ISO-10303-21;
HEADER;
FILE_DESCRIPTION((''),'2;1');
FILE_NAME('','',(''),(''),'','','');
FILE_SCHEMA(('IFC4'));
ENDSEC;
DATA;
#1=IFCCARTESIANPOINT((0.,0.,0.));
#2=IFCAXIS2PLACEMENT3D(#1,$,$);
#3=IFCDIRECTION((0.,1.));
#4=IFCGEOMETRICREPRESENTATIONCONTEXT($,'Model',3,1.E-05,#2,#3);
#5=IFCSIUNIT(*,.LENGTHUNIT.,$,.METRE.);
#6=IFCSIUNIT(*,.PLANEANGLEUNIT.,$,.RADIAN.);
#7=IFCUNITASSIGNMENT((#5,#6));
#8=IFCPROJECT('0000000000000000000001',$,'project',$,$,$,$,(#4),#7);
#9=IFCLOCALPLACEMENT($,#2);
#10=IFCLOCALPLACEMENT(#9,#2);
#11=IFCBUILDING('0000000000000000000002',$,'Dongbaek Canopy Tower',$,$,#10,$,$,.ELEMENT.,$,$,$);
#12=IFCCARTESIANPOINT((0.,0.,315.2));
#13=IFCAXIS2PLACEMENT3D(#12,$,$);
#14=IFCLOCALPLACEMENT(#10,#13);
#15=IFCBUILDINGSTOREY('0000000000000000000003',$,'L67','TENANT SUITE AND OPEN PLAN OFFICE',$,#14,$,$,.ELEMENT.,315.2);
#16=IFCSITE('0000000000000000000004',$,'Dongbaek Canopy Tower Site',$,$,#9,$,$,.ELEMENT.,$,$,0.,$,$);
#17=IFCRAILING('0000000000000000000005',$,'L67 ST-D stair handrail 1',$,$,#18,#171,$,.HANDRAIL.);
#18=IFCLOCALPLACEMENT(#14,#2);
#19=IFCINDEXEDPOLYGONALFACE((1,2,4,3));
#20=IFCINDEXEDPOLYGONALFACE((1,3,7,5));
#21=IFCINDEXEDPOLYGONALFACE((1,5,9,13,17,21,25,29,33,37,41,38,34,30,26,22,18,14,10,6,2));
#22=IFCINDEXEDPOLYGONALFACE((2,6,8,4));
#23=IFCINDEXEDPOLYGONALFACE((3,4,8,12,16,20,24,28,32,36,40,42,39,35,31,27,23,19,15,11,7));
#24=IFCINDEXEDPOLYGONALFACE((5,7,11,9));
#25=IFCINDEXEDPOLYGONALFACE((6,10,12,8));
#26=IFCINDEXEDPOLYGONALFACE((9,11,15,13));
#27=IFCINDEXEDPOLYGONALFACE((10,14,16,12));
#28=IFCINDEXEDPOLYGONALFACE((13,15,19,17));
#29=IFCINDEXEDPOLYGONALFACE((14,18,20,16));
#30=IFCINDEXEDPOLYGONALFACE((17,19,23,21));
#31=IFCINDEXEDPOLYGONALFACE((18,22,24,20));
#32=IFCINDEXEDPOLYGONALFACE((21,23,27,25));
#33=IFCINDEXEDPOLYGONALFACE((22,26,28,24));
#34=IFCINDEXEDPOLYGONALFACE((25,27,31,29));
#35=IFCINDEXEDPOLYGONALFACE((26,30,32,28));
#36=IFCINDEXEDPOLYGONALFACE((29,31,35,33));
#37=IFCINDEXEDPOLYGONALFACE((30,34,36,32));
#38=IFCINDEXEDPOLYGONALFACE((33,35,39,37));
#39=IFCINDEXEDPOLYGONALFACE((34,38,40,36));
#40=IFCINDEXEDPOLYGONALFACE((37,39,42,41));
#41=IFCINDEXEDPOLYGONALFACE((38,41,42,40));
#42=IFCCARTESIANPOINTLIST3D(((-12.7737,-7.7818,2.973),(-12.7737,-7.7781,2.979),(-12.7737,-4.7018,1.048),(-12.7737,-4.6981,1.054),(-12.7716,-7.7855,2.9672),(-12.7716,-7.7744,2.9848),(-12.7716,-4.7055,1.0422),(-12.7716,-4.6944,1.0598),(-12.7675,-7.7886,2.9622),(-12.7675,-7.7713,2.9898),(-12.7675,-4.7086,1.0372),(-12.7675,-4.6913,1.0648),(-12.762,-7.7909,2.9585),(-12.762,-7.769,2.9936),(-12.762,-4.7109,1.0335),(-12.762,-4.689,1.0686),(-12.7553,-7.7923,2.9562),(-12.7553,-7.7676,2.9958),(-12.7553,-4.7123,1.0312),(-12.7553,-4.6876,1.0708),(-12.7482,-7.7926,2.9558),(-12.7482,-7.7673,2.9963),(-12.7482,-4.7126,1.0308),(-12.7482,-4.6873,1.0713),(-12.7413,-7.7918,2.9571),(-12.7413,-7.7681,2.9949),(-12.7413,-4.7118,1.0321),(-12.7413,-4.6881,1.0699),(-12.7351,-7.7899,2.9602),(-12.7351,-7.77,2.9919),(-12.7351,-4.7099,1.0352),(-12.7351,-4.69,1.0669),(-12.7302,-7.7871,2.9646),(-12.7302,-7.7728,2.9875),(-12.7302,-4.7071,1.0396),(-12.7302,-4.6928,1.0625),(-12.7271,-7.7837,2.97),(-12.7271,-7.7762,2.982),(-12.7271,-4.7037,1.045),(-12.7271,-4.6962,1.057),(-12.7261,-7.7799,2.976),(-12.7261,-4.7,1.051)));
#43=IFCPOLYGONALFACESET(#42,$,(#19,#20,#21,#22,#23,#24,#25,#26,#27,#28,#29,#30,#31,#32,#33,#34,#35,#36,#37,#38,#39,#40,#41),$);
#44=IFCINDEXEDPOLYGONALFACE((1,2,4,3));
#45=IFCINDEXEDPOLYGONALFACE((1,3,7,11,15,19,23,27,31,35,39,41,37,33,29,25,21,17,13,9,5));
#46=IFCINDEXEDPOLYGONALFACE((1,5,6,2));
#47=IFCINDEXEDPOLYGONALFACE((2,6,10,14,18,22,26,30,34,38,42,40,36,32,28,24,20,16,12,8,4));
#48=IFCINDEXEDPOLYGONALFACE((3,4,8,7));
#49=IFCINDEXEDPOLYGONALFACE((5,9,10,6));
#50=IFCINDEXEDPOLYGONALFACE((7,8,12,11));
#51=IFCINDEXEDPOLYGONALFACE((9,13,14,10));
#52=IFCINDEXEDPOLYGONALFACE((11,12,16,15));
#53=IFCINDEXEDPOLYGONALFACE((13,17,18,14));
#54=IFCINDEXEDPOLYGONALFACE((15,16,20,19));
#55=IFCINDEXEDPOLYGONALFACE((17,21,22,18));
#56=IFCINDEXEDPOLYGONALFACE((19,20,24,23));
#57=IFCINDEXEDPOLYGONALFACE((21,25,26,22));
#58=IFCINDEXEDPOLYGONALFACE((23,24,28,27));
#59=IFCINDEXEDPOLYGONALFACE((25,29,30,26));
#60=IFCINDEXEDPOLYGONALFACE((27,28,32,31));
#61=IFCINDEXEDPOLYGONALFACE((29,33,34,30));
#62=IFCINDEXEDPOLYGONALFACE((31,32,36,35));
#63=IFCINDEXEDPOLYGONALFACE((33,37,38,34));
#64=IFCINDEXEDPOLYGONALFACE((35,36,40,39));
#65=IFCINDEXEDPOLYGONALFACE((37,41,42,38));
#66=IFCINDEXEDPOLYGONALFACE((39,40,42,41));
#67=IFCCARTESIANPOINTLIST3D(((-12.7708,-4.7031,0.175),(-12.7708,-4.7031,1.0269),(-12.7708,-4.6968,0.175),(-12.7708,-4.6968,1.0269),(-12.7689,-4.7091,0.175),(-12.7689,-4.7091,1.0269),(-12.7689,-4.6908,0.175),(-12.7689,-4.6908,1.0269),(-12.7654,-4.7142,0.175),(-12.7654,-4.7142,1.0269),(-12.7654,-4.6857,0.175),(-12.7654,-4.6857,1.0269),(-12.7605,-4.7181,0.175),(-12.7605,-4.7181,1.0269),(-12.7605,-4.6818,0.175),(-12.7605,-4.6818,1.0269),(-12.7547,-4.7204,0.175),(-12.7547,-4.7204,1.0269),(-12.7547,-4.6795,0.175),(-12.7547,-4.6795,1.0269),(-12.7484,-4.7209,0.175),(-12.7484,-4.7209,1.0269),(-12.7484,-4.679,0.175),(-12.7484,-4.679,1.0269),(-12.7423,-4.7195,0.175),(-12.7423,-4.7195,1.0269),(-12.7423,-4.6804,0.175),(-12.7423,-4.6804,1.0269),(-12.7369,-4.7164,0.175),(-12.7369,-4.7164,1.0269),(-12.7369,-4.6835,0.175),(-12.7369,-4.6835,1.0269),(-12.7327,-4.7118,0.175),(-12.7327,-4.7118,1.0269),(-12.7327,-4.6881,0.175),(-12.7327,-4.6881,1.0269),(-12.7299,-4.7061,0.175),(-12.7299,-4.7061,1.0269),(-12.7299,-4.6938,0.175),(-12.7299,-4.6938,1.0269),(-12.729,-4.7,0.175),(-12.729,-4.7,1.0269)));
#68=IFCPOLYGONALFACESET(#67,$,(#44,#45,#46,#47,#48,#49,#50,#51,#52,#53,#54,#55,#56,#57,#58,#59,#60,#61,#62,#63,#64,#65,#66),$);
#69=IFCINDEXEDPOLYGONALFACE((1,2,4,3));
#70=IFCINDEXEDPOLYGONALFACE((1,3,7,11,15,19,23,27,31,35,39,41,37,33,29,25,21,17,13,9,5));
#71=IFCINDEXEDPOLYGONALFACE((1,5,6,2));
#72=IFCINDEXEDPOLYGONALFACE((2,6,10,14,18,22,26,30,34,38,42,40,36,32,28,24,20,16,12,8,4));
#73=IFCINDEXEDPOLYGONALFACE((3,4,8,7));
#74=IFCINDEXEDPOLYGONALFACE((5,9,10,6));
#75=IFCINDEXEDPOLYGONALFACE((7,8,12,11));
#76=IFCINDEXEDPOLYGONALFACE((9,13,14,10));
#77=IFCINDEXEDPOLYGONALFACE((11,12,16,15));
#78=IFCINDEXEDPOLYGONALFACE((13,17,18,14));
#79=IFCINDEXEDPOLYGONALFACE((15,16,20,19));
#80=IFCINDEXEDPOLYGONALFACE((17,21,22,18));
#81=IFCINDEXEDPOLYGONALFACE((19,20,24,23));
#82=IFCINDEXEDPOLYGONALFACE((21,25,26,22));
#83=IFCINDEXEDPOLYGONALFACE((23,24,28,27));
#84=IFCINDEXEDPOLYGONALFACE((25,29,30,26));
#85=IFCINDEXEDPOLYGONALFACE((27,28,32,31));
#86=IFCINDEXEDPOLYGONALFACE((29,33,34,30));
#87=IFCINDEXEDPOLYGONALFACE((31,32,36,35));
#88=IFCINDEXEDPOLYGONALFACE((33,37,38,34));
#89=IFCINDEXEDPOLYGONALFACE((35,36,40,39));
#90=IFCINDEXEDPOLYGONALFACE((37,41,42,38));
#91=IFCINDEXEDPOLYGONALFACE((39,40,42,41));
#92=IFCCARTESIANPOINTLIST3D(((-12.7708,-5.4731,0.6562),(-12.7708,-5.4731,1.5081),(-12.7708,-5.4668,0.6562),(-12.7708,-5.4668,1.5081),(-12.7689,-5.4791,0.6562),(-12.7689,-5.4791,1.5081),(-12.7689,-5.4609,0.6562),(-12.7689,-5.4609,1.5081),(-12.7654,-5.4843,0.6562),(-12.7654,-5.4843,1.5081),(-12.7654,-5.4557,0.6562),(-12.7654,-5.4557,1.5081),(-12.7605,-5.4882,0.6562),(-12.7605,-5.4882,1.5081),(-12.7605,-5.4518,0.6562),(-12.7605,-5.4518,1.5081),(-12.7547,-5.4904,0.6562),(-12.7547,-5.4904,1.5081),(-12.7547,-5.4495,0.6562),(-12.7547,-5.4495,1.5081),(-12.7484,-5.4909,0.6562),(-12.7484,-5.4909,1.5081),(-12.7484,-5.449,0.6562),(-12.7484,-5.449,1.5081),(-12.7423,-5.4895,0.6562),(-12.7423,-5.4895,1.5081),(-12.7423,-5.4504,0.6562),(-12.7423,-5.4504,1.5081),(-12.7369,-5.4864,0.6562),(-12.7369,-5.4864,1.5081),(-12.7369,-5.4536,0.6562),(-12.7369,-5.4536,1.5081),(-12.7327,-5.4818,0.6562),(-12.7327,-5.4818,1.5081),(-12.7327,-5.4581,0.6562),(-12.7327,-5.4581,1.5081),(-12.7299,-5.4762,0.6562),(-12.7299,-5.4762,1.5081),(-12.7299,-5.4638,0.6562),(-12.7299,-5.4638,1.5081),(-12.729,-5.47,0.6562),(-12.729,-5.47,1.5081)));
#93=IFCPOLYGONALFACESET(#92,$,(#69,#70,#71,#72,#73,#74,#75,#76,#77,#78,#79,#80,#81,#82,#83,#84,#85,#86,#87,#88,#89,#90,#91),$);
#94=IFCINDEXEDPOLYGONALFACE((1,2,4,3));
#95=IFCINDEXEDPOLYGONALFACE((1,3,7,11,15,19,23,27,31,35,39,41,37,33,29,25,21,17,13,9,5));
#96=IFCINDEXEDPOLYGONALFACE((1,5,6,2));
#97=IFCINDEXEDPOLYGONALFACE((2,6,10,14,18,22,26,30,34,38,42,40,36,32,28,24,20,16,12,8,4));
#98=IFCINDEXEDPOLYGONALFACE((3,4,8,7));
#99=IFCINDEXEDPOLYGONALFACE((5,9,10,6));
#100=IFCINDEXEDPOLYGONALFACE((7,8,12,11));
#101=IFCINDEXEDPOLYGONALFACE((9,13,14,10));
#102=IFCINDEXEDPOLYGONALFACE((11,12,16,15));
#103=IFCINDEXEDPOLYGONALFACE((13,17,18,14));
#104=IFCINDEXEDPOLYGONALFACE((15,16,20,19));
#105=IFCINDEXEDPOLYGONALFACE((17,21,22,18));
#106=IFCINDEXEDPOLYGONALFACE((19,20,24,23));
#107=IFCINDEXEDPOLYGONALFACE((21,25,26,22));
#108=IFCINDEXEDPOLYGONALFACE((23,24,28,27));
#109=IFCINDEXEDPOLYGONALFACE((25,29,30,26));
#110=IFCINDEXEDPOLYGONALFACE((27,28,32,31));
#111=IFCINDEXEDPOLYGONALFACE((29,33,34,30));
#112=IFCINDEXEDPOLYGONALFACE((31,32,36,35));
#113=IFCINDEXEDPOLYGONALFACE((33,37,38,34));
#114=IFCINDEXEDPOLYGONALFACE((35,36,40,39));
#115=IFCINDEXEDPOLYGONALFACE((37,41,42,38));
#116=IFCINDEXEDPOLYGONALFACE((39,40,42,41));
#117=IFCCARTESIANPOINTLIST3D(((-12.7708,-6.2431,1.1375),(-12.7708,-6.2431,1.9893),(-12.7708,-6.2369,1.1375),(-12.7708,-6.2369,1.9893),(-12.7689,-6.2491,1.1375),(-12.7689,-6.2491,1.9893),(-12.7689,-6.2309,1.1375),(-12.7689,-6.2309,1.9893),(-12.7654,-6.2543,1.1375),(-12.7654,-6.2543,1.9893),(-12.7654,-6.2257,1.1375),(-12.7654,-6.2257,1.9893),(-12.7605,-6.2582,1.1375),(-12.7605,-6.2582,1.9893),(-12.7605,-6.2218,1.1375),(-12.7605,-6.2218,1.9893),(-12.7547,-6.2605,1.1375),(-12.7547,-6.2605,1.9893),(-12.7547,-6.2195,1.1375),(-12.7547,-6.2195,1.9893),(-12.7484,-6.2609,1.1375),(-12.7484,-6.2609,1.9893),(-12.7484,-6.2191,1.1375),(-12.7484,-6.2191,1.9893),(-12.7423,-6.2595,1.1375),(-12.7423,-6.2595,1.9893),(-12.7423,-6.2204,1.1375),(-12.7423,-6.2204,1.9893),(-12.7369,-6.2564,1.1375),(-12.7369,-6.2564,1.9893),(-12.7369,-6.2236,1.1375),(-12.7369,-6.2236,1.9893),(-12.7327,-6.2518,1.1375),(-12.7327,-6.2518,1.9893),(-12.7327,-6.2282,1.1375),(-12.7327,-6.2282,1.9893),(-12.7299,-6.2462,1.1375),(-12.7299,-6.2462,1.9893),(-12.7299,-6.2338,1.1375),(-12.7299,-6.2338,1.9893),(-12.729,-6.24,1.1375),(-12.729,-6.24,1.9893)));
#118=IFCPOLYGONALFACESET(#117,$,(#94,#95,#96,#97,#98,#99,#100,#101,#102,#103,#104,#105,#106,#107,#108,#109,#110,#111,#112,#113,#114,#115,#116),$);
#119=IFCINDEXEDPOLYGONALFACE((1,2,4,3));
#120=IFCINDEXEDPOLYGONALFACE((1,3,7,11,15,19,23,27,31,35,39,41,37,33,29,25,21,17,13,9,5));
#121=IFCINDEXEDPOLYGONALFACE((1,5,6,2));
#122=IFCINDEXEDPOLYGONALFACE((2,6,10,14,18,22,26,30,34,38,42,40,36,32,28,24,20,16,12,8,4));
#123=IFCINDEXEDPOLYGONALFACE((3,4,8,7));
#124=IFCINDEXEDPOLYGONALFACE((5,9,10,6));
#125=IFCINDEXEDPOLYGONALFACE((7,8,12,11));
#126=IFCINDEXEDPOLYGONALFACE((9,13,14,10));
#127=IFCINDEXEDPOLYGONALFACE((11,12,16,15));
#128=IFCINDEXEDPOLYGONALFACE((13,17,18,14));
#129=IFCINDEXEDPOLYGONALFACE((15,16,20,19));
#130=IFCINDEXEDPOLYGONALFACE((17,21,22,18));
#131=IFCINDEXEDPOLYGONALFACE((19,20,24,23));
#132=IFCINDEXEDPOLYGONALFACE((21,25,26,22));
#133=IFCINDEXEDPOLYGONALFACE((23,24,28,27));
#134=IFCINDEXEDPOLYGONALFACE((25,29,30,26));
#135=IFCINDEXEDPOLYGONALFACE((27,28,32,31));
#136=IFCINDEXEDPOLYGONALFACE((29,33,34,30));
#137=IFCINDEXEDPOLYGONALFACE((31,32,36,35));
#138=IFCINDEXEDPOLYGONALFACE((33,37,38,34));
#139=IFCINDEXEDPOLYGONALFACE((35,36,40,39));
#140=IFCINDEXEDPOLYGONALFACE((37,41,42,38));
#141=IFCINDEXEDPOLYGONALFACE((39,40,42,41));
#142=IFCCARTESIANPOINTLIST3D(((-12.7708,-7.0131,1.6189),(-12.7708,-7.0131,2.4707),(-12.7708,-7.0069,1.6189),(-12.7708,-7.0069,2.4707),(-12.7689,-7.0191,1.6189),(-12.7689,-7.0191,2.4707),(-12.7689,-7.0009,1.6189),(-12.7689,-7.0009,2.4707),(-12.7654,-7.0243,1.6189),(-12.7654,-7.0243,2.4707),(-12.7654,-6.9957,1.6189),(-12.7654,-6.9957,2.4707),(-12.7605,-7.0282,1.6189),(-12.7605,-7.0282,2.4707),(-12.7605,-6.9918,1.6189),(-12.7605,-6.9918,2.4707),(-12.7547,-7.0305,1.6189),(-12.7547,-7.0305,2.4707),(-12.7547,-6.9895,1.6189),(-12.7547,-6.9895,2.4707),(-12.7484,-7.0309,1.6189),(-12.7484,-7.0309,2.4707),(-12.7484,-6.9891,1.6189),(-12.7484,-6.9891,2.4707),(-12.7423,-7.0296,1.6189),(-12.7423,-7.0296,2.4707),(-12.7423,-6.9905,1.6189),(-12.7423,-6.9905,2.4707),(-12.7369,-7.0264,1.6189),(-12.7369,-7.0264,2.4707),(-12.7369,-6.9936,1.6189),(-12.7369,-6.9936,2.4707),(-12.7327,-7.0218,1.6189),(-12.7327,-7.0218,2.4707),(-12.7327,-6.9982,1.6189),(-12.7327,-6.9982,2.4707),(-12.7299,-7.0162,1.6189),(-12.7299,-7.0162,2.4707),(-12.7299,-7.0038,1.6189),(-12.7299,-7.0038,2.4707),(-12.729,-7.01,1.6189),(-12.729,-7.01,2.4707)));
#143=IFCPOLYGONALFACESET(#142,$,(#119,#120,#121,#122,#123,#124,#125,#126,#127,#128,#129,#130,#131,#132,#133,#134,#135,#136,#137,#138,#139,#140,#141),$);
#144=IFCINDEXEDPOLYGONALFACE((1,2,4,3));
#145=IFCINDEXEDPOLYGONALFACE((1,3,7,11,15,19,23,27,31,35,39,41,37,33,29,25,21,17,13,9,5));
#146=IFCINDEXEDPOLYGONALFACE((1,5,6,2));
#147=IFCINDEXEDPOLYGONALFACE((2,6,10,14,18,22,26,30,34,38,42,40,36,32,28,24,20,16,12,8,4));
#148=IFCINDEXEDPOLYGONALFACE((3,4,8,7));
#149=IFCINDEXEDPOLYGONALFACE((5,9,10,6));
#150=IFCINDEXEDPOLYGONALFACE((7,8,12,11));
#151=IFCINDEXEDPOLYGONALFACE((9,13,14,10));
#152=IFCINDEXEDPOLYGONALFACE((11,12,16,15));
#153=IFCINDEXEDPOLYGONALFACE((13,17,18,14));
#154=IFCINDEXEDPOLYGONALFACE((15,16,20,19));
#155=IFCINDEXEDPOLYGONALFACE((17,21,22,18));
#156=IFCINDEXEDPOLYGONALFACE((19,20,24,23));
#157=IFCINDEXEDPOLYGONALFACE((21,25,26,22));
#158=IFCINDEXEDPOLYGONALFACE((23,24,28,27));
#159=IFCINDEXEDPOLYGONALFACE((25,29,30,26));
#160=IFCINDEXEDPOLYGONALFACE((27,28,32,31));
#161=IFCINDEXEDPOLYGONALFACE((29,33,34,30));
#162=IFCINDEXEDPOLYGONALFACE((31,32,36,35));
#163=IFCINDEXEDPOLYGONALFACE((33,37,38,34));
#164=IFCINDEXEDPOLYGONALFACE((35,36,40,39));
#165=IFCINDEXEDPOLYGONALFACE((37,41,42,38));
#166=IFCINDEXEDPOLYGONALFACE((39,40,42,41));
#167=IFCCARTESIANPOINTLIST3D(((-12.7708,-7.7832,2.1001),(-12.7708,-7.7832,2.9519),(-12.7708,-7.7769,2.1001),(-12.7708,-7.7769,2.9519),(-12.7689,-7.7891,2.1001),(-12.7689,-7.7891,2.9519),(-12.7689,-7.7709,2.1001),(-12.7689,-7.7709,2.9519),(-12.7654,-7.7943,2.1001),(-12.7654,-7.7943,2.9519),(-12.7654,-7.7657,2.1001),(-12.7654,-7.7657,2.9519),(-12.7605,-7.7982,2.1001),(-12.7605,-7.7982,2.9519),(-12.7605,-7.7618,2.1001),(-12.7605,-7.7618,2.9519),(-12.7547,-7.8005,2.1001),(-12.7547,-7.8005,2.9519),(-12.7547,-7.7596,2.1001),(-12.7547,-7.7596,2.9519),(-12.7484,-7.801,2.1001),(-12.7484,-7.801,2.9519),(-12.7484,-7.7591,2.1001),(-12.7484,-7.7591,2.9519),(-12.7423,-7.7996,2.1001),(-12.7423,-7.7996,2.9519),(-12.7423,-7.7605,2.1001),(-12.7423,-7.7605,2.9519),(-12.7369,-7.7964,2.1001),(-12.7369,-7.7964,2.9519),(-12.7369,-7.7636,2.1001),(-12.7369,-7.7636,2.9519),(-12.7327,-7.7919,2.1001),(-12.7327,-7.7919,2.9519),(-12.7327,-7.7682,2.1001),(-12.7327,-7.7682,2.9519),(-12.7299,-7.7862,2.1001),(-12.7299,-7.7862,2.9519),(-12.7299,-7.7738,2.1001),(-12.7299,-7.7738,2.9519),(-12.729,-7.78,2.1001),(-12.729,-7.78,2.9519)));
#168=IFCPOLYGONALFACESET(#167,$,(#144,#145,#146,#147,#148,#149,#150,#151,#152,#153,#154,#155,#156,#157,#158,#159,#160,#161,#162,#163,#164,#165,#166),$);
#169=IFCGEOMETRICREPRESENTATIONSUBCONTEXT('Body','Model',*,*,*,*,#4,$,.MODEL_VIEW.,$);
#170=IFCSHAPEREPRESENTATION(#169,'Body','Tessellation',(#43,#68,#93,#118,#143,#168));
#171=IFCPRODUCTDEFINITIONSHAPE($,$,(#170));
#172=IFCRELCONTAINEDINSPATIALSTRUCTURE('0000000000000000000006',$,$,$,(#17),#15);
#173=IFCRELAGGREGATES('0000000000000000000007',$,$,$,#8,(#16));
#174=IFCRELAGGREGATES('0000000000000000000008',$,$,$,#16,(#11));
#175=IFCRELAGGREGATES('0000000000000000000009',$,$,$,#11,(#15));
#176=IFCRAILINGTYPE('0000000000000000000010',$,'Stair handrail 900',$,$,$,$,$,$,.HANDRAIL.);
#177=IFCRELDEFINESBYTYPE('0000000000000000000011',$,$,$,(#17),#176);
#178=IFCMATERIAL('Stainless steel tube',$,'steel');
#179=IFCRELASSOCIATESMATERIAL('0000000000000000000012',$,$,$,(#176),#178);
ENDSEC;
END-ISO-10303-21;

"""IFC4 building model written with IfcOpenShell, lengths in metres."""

from ifc_helpers import new_model, si_unit, direction, frame, origin, origin_2d, place, context, subcontext, project, spatial, circle, extrude, material, type_object, element, save


model = new_model("IFC4")

# Units and contexts
model_context = context("Model", 3, precision=1e-05, world=origin(), true_north=direction((0.0, 1.0)))
body_context = subcontext(model_context, "Body", "Model", "MODEL_VIEW")
ifc_project = project(units=[si_unit("LENGTHUNIT", "METRE"), si_unit("PLANEANGLEUNIT", "RADIAN")], contexts=[model_context])

# Site, building, storey
site_placement = place(None, origin())
site = spatial("IfcSite", under=ifc_project, at=site_placement, Name="Dongbaek Canopy Tower Site", CompositionType="ELEMENT", RefElevation=0.0)
building_placement = place(site_placement, origin())
building = spatial("IfcBuilding", under=site, at=building_placement, Name="Dongbaek Canopy Tower", CompositionType="ELEMENT")
storey_placement = place(building_placement, frame((0.0, 0.0, 315.2)))
storey = spatial("IfcBuildingStorey", under=building, at=storey_placement, Name="L67", Description="TENANT SUITE AND OPEN PLAN OFFICE", CompositionType="ELEMENT", Elevation=315.2)

# Railing
ifc_material_1 = material(Name="Stainless steel tube", Category="steel")
railing_type_1 = type_object("IfcRailingType", Name="Stair handrail 900", PredefinedType="HANDRAIL", material=ifc_material_1)
railing_1_placement = place(storey_placement, frame((-12.75, -4.7, 0.175)))
element("IfcRailing", 1, at=railing_1_placement, inside=storey, type_object=railing_type_1, Name="L67 ST-D stair handrail 1", PredefinedType="HANDRAIL", context=body_context, shape_type="SweptSolid", body=[
    extrude(circle(Radius=0.0239, at=origin_2d()), frame((0.0, 0.0, 0.876), z_axis=(0.0, -0.847998, 0.529999), x_axis=(1.0, 0.0, 0.0)), (0.0, 0.0, 1.0), 3.6321),
    extrude(circle(Radius=0.021, at=origin_2d()), origin(), (0.0, 0.0, 1.0), 0.8518),
    extrude(circle(Radius=0.021, at=origin_2d()), frame((0.0, -0.77, 0.4812)), (0.0, 0.0, 1.0), 0.8518),
    extrude(circle(Radius=0.021, at=origin_2d()), frame((0.0, -1.54, 0.9624)), (0.0, 0.0, 1.0), 0.8518),
    extrude(circle(Radius=0.021, at=origin_2d()), frame((0.0, -2.3101, 1.4438)), (0.0, 0.0, 1.0), 0.8518),
    extrude(circle(Radius=0.021, at=origin_2d()), frame((0.0, -3.0801, 1.925)), (0.0, 0.0, 1.0), 0.8518),
])

save(model, "model.ifc")
